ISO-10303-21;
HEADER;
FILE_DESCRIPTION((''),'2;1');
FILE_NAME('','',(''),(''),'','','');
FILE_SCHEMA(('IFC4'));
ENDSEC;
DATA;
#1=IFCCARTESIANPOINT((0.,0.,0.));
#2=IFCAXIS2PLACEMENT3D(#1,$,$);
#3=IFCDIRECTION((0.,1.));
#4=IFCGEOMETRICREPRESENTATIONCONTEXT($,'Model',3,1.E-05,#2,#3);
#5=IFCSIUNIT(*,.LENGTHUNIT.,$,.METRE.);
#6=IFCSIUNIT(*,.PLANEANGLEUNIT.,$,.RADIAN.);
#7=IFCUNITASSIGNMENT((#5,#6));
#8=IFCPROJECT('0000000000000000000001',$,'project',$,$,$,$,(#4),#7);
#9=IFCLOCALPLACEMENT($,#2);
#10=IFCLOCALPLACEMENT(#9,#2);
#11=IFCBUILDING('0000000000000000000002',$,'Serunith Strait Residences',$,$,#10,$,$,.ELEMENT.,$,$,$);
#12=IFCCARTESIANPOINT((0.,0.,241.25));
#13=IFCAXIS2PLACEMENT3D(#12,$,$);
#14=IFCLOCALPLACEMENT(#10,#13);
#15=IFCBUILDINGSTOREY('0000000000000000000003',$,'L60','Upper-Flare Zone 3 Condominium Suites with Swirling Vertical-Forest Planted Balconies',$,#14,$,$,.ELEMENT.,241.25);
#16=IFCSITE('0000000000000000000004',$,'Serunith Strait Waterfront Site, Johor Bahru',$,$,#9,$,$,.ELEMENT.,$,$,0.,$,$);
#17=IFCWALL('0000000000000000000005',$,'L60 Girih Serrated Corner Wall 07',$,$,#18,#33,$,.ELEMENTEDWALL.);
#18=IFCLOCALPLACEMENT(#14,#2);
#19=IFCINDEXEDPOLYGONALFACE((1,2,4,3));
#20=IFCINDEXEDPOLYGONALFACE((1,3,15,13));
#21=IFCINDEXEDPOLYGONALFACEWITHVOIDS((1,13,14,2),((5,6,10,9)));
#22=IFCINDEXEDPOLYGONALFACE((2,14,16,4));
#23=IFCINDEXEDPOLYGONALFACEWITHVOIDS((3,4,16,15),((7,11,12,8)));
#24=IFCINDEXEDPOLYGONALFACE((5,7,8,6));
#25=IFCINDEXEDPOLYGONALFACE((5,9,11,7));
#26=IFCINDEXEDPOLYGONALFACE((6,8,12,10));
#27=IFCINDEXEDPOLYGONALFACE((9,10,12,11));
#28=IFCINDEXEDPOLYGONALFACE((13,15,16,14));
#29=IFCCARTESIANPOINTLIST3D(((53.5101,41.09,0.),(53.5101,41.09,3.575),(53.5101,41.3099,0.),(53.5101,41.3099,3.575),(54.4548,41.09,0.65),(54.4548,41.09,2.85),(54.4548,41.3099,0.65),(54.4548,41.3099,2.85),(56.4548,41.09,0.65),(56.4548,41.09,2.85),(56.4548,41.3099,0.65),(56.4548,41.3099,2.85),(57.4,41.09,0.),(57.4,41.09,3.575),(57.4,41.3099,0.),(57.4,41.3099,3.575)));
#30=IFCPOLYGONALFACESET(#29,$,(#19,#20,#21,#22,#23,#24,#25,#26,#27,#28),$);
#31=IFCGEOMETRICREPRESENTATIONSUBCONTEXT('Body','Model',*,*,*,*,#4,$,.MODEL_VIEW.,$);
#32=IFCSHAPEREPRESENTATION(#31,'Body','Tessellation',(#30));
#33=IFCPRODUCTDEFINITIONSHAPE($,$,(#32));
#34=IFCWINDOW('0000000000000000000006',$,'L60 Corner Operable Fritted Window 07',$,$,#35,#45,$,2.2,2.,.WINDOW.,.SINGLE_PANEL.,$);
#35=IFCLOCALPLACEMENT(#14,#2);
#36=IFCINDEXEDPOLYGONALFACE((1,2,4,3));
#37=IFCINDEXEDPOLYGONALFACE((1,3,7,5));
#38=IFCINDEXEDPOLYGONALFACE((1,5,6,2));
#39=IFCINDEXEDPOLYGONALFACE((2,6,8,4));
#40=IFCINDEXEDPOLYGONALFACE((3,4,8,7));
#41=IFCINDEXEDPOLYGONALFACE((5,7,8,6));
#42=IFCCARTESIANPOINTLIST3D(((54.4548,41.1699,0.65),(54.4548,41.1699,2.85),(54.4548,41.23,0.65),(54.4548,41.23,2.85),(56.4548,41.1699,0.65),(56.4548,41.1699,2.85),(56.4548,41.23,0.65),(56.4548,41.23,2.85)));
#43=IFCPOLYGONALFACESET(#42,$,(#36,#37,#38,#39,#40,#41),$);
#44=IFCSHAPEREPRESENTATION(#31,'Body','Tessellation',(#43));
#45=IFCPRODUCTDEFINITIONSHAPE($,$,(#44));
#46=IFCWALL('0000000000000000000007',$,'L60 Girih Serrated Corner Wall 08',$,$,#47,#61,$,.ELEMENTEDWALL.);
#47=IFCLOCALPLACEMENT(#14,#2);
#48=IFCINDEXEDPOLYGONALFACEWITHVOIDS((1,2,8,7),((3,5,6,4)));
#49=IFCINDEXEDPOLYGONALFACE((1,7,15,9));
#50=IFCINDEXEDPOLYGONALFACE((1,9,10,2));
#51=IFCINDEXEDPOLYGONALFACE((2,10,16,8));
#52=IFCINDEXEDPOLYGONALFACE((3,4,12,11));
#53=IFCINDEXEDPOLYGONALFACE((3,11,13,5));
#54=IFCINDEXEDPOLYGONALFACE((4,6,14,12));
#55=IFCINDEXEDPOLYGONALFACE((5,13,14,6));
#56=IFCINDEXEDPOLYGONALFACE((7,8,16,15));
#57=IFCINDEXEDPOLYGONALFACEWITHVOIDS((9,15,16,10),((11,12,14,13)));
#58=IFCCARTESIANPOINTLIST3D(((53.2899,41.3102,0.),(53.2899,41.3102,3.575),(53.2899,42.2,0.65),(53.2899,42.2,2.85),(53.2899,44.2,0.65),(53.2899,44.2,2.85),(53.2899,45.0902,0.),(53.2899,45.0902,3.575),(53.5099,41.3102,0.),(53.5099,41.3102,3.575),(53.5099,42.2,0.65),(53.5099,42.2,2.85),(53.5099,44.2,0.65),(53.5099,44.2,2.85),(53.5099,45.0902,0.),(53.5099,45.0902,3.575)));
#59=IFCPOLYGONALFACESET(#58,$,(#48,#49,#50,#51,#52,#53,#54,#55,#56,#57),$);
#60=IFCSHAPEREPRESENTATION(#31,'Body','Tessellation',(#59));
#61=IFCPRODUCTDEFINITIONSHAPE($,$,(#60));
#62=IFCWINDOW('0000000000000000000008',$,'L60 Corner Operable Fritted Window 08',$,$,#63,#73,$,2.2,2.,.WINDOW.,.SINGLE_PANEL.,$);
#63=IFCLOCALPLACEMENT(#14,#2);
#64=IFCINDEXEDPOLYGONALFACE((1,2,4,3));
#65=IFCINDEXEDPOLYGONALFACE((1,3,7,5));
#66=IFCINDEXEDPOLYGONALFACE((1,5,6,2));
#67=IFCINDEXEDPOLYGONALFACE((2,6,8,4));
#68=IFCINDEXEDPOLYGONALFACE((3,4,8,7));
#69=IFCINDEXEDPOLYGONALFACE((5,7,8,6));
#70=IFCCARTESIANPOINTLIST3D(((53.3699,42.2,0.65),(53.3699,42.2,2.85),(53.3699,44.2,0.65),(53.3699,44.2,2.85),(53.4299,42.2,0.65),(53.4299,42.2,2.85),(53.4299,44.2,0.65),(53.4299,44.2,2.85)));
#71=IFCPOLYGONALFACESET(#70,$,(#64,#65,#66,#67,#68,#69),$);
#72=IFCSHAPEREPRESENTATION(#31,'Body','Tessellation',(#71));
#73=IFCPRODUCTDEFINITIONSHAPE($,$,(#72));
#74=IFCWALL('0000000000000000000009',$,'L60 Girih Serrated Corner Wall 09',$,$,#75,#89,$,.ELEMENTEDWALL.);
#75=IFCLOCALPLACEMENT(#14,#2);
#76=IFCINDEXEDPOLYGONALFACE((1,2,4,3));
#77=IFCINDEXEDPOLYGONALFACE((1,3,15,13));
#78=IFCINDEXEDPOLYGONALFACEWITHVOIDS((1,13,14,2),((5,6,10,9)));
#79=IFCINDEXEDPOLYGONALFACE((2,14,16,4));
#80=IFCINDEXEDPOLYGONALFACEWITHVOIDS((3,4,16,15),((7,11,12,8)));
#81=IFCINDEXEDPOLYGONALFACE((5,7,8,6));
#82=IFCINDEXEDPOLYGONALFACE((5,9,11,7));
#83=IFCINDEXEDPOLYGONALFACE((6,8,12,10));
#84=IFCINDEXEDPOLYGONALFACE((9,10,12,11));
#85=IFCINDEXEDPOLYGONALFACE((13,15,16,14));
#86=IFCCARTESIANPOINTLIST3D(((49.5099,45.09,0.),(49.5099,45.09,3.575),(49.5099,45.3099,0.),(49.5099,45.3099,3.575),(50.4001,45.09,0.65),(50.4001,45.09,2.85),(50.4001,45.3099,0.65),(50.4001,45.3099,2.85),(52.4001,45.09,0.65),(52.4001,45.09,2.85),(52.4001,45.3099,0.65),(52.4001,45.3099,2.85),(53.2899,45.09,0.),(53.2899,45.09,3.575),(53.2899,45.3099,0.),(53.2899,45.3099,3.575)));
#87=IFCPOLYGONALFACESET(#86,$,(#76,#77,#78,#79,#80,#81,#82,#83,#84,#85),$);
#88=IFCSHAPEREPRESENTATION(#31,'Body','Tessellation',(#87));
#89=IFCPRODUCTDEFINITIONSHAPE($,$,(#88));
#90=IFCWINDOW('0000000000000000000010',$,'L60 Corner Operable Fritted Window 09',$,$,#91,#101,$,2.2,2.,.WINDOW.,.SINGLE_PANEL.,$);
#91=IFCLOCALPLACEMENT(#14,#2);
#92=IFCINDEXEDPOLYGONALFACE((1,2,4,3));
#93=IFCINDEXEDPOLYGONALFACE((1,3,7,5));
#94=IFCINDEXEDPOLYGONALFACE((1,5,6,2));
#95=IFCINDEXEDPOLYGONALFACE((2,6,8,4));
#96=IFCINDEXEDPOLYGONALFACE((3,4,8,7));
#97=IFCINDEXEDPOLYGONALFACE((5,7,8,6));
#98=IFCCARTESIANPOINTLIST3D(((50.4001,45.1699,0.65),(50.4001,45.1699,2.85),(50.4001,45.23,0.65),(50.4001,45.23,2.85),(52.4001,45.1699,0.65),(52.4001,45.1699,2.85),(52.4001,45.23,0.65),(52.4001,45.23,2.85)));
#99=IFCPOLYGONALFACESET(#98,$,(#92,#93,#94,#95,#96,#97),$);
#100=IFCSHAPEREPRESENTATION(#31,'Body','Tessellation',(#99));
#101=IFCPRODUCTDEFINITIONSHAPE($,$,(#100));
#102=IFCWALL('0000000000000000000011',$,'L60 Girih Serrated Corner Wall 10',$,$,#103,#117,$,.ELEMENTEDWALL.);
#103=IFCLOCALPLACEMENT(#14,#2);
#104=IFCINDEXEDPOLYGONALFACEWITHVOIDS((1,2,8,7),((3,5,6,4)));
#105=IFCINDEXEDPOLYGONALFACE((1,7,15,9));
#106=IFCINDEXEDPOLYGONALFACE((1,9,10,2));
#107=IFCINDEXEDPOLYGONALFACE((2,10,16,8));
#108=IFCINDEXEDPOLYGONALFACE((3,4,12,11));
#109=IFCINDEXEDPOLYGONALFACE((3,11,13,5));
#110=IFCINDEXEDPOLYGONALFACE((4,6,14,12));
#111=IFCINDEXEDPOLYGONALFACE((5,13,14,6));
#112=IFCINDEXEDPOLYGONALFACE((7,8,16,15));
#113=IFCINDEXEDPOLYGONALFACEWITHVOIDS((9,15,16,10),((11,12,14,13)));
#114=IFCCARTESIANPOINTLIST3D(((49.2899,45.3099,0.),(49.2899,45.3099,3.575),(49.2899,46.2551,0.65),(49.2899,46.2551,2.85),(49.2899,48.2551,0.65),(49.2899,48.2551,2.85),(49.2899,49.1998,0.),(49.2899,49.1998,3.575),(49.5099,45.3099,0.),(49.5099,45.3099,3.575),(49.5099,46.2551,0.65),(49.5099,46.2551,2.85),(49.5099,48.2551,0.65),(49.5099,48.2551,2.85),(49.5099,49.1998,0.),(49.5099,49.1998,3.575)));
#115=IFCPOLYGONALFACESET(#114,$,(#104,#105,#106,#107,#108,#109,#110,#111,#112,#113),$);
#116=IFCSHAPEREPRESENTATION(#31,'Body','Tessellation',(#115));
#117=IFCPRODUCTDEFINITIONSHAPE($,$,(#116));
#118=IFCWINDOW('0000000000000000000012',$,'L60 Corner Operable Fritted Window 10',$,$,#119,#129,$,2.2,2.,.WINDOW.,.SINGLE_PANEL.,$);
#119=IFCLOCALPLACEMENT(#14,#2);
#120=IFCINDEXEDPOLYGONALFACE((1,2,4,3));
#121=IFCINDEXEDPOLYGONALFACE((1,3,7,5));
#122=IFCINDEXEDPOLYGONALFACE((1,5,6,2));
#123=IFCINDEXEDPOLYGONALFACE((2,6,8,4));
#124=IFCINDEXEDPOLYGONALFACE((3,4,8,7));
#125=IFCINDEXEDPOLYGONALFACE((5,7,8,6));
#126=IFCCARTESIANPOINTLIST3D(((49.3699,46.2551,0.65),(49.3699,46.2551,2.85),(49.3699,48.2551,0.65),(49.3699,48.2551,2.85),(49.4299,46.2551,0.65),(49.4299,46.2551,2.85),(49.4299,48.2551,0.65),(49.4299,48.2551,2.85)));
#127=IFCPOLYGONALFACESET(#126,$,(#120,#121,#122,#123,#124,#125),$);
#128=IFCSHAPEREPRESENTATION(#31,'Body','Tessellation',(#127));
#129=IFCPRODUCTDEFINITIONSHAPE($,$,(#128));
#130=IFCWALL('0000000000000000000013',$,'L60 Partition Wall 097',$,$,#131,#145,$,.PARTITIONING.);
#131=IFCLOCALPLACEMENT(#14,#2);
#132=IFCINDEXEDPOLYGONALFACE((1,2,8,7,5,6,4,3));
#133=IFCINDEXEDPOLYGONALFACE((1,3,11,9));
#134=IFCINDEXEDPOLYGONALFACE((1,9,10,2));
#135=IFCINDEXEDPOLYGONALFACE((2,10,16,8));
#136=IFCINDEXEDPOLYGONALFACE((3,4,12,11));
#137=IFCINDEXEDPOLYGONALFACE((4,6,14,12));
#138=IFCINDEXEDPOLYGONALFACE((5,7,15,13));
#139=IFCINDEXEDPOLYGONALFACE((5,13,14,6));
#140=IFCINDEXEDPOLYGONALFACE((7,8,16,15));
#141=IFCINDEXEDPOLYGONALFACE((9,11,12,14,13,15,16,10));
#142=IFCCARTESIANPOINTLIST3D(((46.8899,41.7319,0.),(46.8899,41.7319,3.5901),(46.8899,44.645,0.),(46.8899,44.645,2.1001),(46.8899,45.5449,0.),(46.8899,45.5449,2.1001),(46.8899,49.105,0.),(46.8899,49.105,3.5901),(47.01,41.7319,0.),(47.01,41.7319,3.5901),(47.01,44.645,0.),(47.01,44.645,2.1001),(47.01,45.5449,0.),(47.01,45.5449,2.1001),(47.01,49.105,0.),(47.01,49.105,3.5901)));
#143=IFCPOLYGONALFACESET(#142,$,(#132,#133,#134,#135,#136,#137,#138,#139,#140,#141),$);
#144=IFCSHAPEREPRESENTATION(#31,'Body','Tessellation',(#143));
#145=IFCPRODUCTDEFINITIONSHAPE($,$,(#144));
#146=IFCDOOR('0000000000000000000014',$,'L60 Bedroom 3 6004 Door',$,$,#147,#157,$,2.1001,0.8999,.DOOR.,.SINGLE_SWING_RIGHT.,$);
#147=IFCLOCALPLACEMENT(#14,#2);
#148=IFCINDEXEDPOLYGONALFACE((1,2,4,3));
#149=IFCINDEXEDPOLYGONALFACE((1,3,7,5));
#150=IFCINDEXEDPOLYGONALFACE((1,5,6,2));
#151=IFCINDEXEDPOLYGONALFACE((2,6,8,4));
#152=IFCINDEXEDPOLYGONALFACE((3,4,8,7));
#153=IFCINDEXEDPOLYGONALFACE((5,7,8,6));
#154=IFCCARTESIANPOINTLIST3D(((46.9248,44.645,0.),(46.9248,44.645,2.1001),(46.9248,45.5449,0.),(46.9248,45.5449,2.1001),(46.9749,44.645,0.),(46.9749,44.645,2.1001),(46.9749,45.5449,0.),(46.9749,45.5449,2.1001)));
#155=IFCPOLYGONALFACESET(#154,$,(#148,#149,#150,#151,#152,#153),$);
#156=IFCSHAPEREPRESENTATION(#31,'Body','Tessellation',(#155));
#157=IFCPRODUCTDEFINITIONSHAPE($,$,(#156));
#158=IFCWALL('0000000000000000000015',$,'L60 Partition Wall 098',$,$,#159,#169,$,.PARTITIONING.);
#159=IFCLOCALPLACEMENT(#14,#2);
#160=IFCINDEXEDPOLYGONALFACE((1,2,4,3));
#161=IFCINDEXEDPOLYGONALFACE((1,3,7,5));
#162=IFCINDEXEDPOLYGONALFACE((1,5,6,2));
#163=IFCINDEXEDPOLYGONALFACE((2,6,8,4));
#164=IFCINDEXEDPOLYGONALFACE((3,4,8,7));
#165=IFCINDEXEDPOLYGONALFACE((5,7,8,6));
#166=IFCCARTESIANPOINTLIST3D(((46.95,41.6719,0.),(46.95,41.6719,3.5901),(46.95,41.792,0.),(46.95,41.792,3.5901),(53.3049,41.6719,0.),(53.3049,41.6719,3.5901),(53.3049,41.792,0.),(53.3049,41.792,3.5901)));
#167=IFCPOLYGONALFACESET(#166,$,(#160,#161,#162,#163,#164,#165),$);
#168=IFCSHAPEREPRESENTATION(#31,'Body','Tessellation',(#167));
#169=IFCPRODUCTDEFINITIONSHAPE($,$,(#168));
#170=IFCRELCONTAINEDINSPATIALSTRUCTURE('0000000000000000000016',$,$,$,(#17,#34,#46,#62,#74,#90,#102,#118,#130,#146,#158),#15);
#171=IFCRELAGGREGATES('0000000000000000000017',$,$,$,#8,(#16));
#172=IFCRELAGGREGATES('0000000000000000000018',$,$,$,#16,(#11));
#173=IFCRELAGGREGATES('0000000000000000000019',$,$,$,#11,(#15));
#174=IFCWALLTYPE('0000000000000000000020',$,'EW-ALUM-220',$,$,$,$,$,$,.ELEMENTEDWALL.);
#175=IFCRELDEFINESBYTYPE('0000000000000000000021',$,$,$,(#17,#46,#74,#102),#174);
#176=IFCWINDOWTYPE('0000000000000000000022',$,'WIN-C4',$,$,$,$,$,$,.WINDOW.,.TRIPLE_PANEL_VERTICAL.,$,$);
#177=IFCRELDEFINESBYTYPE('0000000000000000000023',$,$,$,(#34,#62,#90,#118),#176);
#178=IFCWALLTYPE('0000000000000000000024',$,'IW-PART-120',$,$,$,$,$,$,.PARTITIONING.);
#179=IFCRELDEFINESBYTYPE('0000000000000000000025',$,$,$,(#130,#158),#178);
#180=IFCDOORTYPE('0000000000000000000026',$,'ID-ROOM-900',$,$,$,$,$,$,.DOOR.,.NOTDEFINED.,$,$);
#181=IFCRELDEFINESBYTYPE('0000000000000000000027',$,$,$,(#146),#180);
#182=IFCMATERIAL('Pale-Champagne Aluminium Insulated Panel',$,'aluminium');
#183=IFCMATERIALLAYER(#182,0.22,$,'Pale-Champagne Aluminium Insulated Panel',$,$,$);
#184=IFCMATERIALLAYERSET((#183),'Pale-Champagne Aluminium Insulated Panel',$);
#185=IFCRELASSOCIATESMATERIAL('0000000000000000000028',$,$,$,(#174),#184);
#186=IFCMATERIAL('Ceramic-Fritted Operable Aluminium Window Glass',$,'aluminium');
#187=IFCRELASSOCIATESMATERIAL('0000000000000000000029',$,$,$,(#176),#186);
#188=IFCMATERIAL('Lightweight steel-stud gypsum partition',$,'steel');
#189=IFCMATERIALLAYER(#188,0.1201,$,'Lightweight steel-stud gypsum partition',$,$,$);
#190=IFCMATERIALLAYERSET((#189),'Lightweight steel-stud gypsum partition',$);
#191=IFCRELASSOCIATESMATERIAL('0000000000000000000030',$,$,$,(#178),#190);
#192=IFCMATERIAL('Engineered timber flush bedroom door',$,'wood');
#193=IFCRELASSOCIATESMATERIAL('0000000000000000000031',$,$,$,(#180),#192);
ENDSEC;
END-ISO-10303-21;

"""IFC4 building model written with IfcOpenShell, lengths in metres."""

from ifc_helpers import new_model, si_unit, direction, frame, frame_2d, origin, place, context, subcontext, project, spatial, rectangle, extrude, source, transform, mapped, material, layer, layer_set, type_object, element, fill, save


model = new_model("IFC4")

# Units and contexts
model_context = context("Model", 3, precision=1e-05, world=origin(), true_north=direction((0.0, 1.0)))
body_context = subcontext(model_context, "Body", "Model", "MODEL_VIEW")
ifc_project = project(units=[si_unit("LENGTHUNIT", "METRE"), si_unit("PLANEANGLEUNIT", "RADIAN")], contexts=[model_context])

# Site, building, storey
site_placement = place(None, origin())
site = spatial("IfcSite", under=ifc_project, at=site_placement, Name="Serunith Strait Waterfront Site, Johor Bahru", CompositionType="ELEMENT", RefElevation=0.0)
building_placement = place(site_placement, origin())
building = spatial("IfcBuilding", under=site, at=building_placement, Name="Serunith Strait Residences", CompositionType="ELEMENT")
storey_placement = place(building_placement, frame((0.0, 0.0, 241.25)))
storey = spatial("IfcBuildingStorey", under=building, at=storey_placement, Name="L60", Description="Upper-Flare Zone 3 Condominium Suites with Swirling Vertical-Forest Planted Balconies", CompositionType="ELEMENT", Elevation=241.25)

# Walls, openings, windows
ifc_material_1 = material(Name="Pale-Champagne Aluminium Insulated Panel", Category="aluminium")
ifc_layer_1 = layer(ifc_material_1, 0.22, Name="Pale-Champagne Aluminium Insulated Panel")
ifc_layer_set_1 = layer_set([ifc_layer_1], Name="Pale-Champagne Aluminium Insulated Panel")
wall_type_1 = type_object("IfcWallType", Name="EW-ALUM-220", PredefinedType="ELEMENTEDWALL", material=ifc_layer_set_1)
wall_1_placement = place(storey_placement, frame((57.3999, 41.2, 0.0), z_axis=(0.0, 0.0, 1.0), x_axis=(-1.0, 0.0, 0.0)))
wall_1 = element("IfcWall", 1, at=wall_1_placement, inside=storey, type_object=wall_type_1, Name="L60 Girih Serrated Corner Wall 07", PredefinedType="ELEMENTEDWALL", context=body_context, shape_type="SweptSolid", body=[
    extrude(rectangle(XDim=3.8899, YDim=0.22, at=frame_2d((1.9448, 0.0))), origin(), (0.0, 0.0, 1.0), 3.575),
])
opening_1_placement = place(wall_1_placement, frame((0.9451, 0.0, 0.6499)))
opening_1 = element("IfcOpeningElement", 2, at=opening_1_placement, cuts=wall_1, PredefinedType="OPENING", context=body_context, shape_type="SweptSolid", body=[
    extrude(rectangle(XDim=2.0, YDim=2.2, at=frame_2d((1.0, 1.1001))), frame((0.0, 0.1201, 0.0), z_axis=(0.0, -1.0, 0.0), x_axis=(1.0, 0.0, 0.0)), (0.0, 0.0, 1.0), 0.24),
])
ifc_material_2 = material(Name="Ceramic-Fritted Operable Aluminium Window Glass", Category="aluminium")
window_type = type_object("IfcWindowType", Name="WIN-C4", PartitioningType="TRIPLE_PANEL_VERTICAL", PredefinedType="WINDOW", material=ifc_material_2)
shared_shape_1 = source(origin(), body_context, "Body", "SweptSolid", [
    extrude(rectangle(XDim=2.0, YDim=2.2, at=frame_2d((1.0, 1.1001))), frame((0.0, 0.03, 0.0), z_axis=(0.0, -1.0, 0.0), x_axis=(1.0, 0.0, 0.0)), (0.0, 0.0, 1.0), 0.0601),
])
window_1_placement = place(opening_1_placement, origin())
window_1 = element("IfcWindow", 3, at=window_1_placement, inside=storey, type_object=window_type, Name="L60 Corner Operable Fritted Window 07", OverallHeight=2.2, OverallWidth=2.0, PartitioningType="SINGLE_PANEL", PredefinedType="WINDOW", context=body_context, shape_type="MappedRepresentation", body=[
    mapped(shared_shape_1, transform((0.0, 0.0, 0.0), scale=1.0)),
])
fill(opening_1, window_1)
wall_2_placement = place(storey_placement, frame((53.3999, 41.3101, 0.0), z_axis=(0.0, 0.0, 1.0), x_axis=(0.0, 1.0, 0.0)))
wall_2 = element("IfcWall", 4, at=wall_2_placement, inside=storey, type_object=wall_type_1, Name="L60 Girih Serrated Corner Wall 08", PredefinedType="ELEMENTEDWALL", context=body_context, shape_type="SweptSolid", body=[
    extrude(rectangle(XDim=3.78, YDim=0.22, at=frame_2d((1.8901, 0.0))), origin(), (0.0, 0.0, 1.0), 3.575),
])
opening_2_placement = place(wall_2_placement, frame((0.8899, 0.0, 0.6499)))
opening_2 = element("IfcOpeningElement", 5, at=opening_2_placement, cuts=wall_2, PredefinedType="OPENING", context=body_context, shape_type="SweptSolid", body=[
    extrude(rectangle(XDim=2.0, YDim=2.2, at=frame_2d((1.0, 1.1001))), frame((0.0, 0.1201, 0.0), z_axis=(0.0, -1.0, 0.0), x_axis=(1.0, 0.0, 0.0)), (0.0, 0.0, 1.0), 0.24),
])
window_2_placement = place(opening_2_placement, origin())
window_2 = element("IfcWindow", 6, at=window_2_placement, inside=storey, type_object=window_type, Name="L60 Corner Operable Fritted Window 08", OverallHeight=2.2, OverallWidth=2.0, PartitioningType="SINGLE_PANEL", PredefinedType="WINDOW", context=body_context, shape_type="MappedRepresentation", body=[
    mapped(shared_shape_1, transform((0.0, 0.0, 0.0), scale=1.0)),
])
fill(opening_2, window_2)
wall_3_placement = place(storey_placement, frame((53.29, 45.2, 0.0), z_axis=(0.0, 0.0, 1.0), x_axis=(-1.0, 0.0, 0.0)))
wall_3 = element("IfcWall", 7, at=wall_3_placement, inside=storey, type_object=wall_type_1, Name="L60 Girih Serrated Corner Wall 09", PredefinedType="ELEMENTEDWALL", context=body_context, shape_type="SweptSolid", body=[
    extrude(rectangle(XDim=3.78, YDim=0.22, at=frame_2d((1.8901, 0.0))), origin(), (0.0, 0.0, 1.0), 3.575),
])
opening_3_placement = place(wall_3_placement, frame((0.8899, 0.0, 0.6499)))
opening_3 = element("IfcOpeningElement", 8, at=opening_3_placement, cuts=wall_3, PredefinedType="OPENING", context=body_context, shape_type="SweptSolid", body=[
    extrude(rectangle(XDim=2.0, YDim=2.2, at=frame_2d((1.0, 1.1001))), frame((0.0, 0.1201, 0.0), z_axis=(0.0, -1.0, 0.0), x_axis=(1.0, 0.0, 0.0)), (0.0, 0.0, 1.0), 0.24),
])
window_3_placement = place(opening_3_placement, origin())
window_3 = element("IfcWindow", 9, at=window_3_placement, inside=storey, type_object=window_type, Name="L60 Corner Operable Fritted Window 09", OverallHeight=2.2, OverallWidth=2.0, PartitioningType="SINGLE_PANEL", PredefinedType="WINDOW", context=body_context, shape_type="MappedRepresentation", body=[
    mapped(shared_shape_1, transform((0.0, 0.0, 0.0), scale=1.0)),
])
fill(opening_3, window_3)
wall_4_placement = place(storey_placement, frame((49.3999, 45.3101, 0.0), z_axis=(0.0, 0.0, 1.0), x_axis=(0.0, 1.0, 0.0)))
wall_4 = element("IfcWall", 10, at=wall_4_placement, inside=storey, type_object=wall_type_1, Name="L60 Girih Serrated Corner Wall 10", PredefinedType="ELEMENTEDWALL", context=body_context, shape_type="SweptSolid", body=[
    extrude(rectangle(XDim=3.8899, YDim=0.22, at=frame_2d((1.9448, 0.0))), origin(), (0.0, 0.0, 1.0), 3.575),
])
opening_4_placement = place(wall_4_placement, frame((0.9451, 0.0, 0.6499)))
opening_4 = element("IfcOpeningElement", 11, at=opening_4_placement, cuts=wall_4, PredefinedType="OPENING", context=body_context, shape_type="SweptSolid", body=[
    extrude(rectangle(XDim=2.0, YDim=2.2, at=frame_2d((1.0, 1.1001))), frame((0.0, 0.1201, 0.0), z_axis=(0.0, -1.0, 0.0), x_axis=(1.0, 0.0, 0.0)), (0.0, 0.0, 1.0), 0.24),
])
window_4_placement = place(opening_4_placement, origin())
window_4 = element("IfcWindow", 12, at=window_4_placement, inside=storey, type_object=window_type, Name="L60 Corner Operable Fritted Window 10", OverallHeight=2.2, OverallWidth=2.0, PartitioningType="SINGLE_PANEL", PredefinedType="WINDOW", context=body_context, shape_type="MappedRepresentation", body=[
    mapped(shared_shape_1, transform((0.0, 0.0, 0.0), scale=1.0)),
])
fill(opening_4, window_4)

# Wall, opening, door
ifc_material_3 = material(Name="Lightweight steel-stud gypsum partition", Category="steel")
ifc_layer_2 = layer(ifc_material_3, 0.1201, Name="Lightweight steel-stud gypsum partition")
ifc_layer_set_2 = layer_set([ifc_layer_2], Name="Lightweight steel-stud gypsum partition")
wall_type_2 = type_object("IfcWallType", Name="IW-PART-120", PredefinedType="PARTITIONING", material=ifc_layer_set_2)
wall_5_placement = place(storey_placement, frame((46.95, 49.105, 0.0), z_axis=(0.0, 0.0, 1.0), x_axis=(0.0, -1.0, 0.0)))
wall_5 = element("IfcWall", 13, at=wall_5_placement, inside=storey, type_object=wall_type_2, Name="L60 Partition Wall 097", PredefinedType="PARTITIONING", context=body_context, shape_type="SweptSolid", body=[
    extrude(rectangle(XDim=7.373, YDim=0.1201, at=frame_2d((3.6865, 0.0))), origin(), (0.0, 0.0, 1.0), 3.5901),
])
opening_5_placement = place(wall_5_placement, frame((3.5601, 0.0, 0.0)))
opening_5 = element("IfcOpeningElement", 14, at=opening_5_placement, cuts=wall_5, PredefinedType="OPENING", context=body_context, shape_type="SweptSolid", body=[
    extrude(rectangle(XDim=0.8999, YDim=2.1001, at=frame_2d((0.45, 1.05))), frame((0.0, 0.0701, 0.0), z_axis=(0.0, -1.0, 0.0), x_axis=(1.0, 0.0, 0.0)), (0.0, 0.0, 1.0), 0.1401),
])
ifc_material_4 = material(Name="Engineered timber flush bedroom door", Category="wood")
door_type_1 = type_object("IfcDoorType", Name="ID-ROOM-900", OperationType="NOTDEFINED", PredefinedType="DOOR", material=ifc_material_4)
shared_shape_2 = source(origin(), body_context, "Body", "SweptSolid", [
    extrude(rectangle(XDim=0.8999, YDim=2.1001, at=frame_2d((0.45, 1.05))), frame((0.0, 0.0249, 0.0), z_axis=(0.0, -1.0, 0.0), x_axis=(1.0, 0.0, 0.0)), (0.0, 0.0, 1.0), 0.05),
])
door_1_placement = place(opening_5_placement, origin())
door_1 = element("IfcDoor", 15, at=door_1_placement, inside=storey, type_object=door_type_1, Name="L60 Bedroom 3 6004 Door", OperationType="SINGLE_SWING_RIGHT", OverallHeight=2.1001, OverallWidth=0.8999, PredefinedType="DOOR", context=body_context, shape_type="MappedRepresentation", body=[
    mapped(shared_shape_2, transform((0.0, 0.0, 0.0), scale=1.0)),
])
fill(opening_5, door_1)

# Wall
wall_6_placement = place(storey_placement, frame((46.95, 41.7319, 0.0), z_axis=(0.0, 0.0, 1.0), x_axis=(1.0, 0.0, 0.0)))
element("IfcWall", 16, at=wall_6_placement, inside=storey, type_object=wall_type_2, Name="L60 Partition Wall 098", PredefinedType="PARTITIONING", context=body_context, shape_type="SweptSolid", body=[
    extrude(rectangle(XDim=6.355, YDim=0.1201, at=frame_2d((3.1775, 0.0))), origin(), (0.0, 0.0, 1.0), 3.5901),
])

save(model, "model.ifc")
